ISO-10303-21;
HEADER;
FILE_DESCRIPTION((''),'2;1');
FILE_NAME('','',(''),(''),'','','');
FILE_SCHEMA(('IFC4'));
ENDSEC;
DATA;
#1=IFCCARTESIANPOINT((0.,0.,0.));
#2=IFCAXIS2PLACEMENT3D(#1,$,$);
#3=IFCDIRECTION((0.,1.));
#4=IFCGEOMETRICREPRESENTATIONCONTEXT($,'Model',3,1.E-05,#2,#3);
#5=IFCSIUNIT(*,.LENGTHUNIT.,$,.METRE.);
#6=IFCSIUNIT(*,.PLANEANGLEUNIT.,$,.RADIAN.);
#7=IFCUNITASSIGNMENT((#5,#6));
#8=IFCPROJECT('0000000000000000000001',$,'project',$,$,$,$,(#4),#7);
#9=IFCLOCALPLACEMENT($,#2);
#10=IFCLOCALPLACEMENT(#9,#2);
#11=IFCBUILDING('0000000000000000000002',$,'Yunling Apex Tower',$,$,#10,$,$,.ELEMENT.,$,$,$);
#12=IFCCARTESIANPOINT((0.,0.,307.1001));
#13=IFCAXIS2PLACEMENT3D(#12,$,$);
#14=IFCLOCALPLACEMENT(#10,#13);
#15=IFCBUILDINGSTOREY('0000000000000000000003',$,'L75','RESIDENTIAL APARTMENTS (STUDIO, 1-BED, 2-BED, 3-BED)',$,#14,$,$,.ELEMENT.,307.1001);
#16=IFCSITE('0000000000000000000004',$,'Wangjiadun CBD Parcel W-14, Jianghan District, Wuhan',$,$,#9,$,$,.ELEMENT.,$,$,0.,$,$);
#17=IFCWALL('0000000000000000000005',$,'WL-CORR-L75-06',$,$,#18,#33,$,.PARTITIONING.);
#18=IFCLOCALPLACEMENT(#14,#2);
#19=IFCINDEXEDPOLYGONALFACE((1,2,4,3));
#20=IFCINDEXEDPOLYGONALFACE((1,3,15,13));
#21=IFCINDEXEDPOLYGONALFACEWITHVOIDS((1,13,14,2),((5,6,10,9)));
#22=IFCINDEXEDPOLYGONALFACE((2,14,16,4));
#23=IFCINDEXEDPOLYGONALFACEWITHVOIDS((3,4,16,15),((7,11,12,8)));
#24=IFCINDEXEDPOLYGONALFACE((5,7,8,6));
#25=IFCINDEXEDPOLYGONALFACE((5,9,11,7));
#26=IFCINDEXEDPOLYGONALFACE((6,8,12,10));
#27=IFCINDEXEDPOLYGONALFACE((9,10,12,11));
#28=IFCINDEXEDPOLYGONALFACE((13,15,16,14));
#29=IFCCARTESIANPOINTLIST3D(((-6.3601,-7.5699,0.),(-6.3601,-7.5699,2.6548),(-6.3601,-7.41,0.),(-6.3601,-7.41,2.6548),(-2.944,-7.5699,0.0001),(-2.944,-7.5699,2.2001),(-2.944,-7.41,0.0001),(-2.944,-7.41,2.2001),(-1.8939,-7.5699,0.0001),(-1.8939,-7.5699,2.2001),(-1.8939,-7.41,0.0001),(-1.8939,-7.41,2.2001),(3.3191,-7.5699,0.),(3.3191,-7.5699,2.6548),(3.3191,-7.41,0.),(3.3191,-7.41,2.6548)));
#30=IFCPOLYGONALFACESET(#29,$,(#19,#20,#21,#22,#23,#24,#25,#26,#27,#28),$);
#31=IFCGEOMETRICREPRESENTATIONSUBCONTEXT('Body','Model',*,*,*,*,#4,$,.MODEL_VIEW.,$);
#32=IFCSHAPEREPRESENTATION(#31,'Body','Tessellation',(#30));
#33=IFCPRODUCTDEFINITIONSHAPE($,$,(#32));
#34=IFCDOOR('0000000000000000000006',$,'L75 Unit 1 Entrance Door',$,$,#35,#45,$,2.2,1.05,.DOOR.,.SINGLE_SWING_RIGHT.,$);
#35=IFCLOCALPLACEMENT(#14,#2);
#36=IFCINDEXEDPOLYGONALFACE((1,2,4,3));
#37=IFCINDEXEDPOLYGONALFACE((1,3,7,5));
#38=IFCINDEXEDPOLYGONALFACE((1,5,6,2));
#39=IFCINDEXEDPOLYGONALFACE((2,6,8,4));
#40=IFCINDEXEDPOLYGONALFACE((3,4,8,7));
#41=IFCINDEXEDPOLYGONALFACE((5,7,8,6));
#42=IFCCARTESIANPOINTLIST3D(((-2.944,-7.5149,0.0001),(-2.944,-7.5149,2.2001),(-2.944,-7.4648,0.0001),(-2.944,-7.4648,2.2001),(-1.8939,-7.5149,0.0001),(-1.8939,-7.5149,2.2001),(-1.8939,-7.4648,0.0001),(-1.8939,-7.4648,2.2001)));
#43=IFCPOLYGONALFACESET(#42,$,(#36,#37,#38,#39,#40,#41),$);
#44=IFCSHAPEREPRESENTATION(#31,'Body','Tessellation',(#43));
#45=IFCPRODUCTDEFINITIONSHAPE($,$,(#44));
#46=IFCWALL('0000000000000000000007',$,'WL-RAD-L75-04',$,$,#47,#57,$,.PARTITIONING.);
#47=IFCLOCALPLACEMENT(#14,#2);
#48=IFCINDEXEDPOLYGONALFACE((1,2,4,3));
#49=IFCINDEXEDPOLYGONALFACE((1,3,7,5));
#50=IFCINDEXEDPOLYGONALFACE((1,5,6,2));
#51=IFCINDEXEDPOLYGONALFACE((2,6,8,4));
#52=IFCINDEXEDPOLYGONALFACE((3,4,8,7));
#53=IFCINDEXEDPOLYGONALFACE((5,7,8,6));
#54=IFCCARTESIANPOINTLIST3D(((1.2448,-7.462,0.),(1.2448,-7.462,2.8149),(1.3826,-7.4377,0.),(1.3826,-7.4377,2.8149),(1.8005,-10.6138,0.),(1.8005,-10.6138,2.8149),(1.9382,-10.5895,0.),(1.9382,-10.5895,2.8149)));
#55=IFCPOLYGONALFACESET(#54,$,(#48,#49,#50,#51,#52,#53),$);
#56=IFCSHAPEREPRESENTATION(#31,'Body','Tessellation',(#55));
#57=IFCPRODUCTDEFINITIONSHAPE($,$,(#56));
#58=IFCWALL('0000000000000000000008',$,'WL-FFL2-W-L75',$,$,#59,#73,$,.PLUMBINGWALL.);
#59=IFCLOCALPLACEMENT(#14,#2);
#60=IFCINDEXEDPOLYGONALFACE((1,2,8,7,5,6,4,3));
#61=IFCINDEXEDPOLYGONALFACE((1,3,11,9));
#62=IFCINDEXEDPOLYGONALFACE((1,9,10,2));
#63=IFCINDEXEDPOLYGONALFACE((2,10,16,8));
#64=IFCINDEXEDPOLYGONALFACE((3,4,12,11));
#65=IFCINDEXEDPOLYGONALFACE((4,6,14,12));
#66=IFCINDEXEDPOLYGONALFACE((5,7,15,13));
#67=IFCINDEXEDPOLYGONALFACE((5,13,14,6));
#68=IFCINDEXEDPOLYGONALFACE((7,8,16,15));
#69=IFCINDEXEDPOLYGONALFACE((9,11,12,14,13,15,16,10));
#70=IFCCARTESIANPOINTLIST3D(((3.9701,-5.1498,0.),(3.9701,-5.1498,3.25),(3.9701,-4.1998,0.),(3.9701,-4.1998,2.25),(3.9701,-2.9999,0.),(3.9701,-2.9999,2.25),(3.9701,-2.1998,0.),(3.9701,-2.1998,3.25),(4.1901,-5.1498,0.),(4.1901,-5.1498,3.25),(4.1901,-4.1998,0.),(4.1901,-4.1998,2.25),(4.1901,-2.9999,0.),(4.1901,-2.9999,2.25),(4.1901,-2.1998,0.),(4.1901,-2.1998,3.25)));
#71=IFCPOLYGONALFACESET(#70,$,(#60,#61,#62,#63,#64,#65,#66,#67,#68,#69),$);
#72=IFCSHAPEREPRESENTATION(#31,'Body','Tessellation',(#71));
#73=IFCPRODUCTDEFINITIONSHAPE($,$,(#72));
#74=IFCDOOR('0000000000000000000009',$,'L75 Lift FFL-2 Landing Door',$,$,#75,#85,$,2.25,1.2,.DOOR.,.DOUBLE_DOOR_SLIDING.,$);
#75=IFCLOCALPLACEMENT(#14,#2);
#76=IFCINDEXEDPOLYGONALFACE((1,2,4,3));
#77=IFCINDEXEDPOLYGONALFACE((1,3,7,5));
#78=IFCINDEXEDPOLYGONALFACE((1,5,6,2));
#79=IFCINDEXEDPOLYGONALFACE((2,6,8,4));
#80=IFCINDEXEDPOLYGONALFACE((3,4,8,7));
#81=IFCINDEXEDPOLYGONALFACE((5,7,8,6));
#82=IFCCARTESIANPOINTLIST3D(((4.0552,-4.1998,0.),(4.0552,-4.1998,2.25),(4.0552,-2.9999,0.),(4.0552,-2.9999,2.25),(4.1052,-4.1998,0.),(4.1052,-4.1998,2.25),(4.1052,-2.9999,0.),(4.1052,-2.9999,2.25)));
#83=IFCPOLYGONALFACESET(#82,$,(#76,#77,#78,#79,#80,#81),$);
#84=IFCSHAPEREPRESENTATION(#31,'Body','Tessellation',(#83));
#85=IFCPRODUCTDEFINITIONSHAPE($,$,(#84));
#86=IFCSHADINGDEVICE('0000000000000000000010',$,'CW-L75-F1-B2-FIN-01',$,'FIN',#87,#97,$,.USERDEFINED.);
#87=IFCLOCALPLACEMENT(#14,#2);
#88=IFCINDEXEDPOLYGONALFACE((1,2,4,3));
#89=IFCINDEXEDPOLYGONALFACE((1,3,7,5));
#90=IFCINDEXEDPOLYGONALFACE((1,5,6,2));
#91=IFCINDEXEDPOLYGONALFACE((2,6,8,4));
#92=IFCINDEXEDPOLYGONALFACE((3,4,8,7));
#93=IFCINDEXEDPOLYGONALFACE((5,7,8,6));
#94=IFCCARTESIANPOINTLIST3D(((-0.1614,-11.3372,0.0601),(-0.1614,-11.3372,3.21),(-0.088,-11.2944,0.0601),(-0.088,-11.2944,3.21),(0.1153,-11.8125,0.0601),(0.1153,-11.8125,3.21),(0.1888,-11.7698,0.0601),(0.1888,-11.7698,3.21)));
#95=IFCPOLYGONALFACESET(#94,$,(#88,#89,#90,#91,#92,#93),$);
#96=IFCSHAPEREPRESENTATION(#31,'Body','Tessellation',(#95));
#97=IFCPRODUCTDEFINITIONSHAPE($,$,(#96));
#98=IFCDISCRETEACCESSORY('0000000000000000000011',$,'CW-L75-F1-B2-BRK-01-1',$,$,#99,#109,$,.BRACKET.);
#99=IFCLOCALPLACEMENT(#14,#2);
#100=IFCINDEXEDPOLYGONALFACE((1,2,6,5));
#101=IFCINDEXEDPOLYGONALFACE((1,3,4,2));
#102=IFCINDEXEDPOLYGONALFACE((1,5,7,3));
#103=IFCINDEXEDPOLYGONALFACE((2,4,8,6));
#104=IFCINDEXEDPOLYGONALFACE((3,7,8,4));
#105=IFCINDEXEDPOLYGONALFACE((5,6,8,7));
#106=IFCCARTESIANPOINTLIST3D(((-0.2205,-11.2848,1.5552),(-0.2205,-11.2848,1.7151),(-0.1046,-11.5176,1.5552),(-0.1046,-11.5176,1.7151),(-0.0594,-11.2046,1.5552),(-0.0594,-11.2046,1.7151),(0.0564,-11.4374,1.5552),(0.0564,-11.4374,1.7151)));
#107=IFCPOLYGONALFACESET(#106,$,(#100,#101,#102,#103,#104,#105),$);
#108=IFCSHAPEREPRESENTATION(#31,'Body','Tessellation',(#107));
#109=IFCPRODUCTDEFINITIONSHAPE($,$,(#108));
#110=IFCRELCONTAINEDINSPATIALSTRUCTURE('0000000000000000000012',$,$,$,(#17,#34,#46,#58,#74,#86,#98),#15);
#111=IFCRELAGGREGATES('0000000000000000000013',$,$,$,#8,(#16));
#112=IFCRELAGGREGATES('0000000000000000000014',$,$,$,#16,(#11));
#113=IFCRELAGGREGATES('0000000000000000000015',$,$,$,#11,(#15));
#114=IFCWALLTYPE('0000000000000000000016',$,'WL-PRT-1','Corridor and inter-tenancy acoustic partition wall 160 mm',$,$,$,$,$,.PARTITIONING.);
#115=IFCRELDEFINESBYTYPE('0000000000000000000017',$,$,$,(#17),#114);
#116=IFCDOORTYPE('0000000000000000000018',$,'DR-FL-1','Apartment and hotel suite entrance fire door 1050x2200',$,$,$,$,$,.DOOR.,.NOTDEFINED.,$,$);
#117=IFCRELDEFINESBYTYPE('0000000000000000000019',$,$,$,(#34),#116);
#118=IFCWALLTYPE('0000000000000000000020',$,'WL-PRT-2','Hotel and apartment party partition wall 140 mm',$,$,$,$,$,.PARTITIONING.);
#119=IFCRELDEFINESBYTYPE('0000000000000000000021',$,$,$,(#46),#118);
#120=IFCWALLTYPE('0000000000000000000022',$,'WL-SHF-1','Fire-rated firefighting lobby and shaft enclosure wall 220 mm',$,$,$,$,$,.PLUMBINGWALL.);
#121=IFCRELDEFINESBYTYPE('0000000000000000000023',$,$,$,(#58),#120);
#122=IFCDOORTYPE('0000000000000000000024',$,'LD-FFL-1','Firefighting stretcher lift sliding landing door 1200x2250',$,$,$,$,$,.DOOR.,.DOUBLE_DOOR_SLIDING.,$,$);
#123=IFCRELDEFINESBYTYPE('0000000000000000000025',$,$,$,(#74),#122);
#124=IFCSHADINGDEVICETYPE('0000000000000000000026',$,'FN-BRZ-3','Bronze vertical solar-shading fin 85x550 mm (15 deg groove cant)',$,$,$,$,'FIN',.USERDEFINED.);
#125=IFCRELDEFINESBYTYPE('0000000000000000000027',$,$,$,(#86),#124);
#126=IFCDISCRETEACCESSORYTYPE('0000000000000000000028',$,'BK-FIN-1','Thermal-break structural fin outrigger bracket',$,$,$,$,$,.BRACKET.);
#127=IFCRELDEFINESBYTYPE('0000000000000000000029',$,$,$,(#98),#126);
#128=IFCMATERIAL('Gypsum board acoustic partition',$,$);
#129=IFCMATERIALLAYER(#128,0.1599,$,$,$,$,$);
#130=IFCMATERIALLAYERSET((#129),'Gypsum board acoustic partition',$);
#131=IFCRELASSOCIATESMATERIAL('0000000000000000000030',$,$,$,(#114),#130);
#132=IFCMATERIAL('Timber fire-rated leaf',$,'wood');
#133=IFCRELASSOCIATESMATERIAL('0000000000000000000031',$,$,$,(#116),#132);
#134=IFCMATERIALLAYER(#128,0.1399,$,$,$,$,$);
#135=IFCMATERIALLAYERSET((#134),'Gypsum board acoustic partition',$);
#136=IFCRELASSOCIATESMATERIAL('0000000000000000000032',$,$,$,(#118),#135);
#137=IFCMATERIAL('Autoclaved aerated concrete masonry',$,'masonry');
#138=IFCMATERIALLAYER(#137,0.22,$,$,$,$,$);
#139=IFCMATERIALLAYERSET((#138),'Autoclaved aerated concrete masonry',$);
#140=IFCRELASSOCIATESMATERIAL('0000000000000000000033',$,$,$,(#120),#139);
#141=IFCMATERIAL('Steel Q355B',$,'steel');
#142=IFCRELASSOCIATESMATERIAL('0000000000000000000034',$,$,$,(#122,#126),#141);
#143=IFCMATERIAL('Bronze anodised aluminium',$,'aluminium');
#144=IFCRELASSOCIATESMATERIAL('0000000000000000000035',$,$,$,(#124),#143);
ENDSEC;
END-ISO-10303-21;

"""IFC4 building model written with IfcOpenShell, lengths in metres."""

from ifc_helpers import new_model, si_unit, direction, frame, frame_2d, origin, origin_2d, place, context, subcontext, project, spatial, rectangle, extrude, source, transform, mapped, material, layer, layer_set, material_profile, profile_set, type_object, element, fill, save


model = new_model("IFC4")

# Units and contexts
model_context = context("Model", 3, precision=1e-05, world=origin(), true_north=direction((0.0, 1.0)))
body_context = subcontext(model_context, "Body", "Model", "MODEL_VIEW")
ifc_project = project(units=[si_unit("LENGTHUNIT", "METRE"), si_unit("PLANEANGLEUNIT", "RADIAN")], contexts=[model_context])

# Site, building, storey
site_placement = place(None, origin())
site = spatial("IfcSite", under=ifc_project, at=site_placement, Name="Wangjiadun CBD Parcel W-14, Jianghan District, Wuhan", CompositionType="ELEMENT", RefElevation=0.0)
building_placement = place(site_placement, origin())
building = spatial("IfcBuilding", under=site, at=building_placement, Name="Yunling Apex Tower", CompositionType="ELEMENT")
storey_placement = place(building_placement, frame((0.0, 0.0, 307.1001)))
storey = spatial("IfcBuildingStorey", under=building, at=storey_placement, Name="L75", Description="RESIDENTIAL APARTMENTS (STUDIO, 1-BED, 2-BED, 3-BED)", CompositionType="ELEMENT", Elevation=307.1001)

# Shared definitions
ifc_material_1 = material(Name="Steel Q355B", Category="steel")

# Shared definitions
ifc_material_2 = material(Name="Bronze anodised aluminium", Category="aluminium")

# Wall, opening, door
ifc_material_3 = material(Name="Gypsum board acoustic partition")
ifc_layer_1 = layer(ifc_material_3, 0.1599)
ifc_layer_set_1 = layer_set([ifc_layer_1], Name="Gypsum board acoustic partition")
wall_type_1 = type_object("IfcWallType", Name="WL-PRT-1", Description="Corridor and inter-tenancy acoustic partition wall 160 mm", PredefinedType="PARTITIONING", material=ifc_layer_set_1)
wall_1_placement = place(storey_placement, frame((3.3191, -7.49, 0.0), z_axis=(0.0, 0.0, 1.0), x_axis=(-1.0, 0.0, 0.0)))
wall_1 = element("IfcWall", 1, at=wall_1_placement, inside=storey, type_object=wall_type_1, Name="WL-CORR-L75-06", PredefinedType="PARTITIONING", context=body_context, shape_type="SweptSolid", body=[
    extrude(rectangle(XDim=9.6792, YDim=0.1599, at=frame_2d((4.8396, 0.0))), origin(), (0.0, 0.0, 1.0), 2.6548),
])
opening_1_placement = place(wall_1_placement, frame((5.2131, 0.0, 0.0)))
opening_1 = element("IfcOpeningElement", 2, at=opening_1_placement, cuts=wall_1, PredefinedType="OPENING", context=body_context, shape_type="SweptSolid", body=[
    extrude(rectangle(XDim=1.05, YDim=2.2, at=frame_2d((0.5249, 1.1001))), frame((0.0, 0.0898, 0.0), z_axis=(0.0, -1.0, 0.0), x_axis=(1.0, 0.0, 0.0)), (0.0, 0.0, 1.0), 0.1799),
])
ifc_material_4 = material(Name="Timber fire-rated leaf", Category="wood")
door_type_1 = type_object("IfcDoorType", Name="DR-FL-1", Description="Apartment and hotel suite entrance fire door 1050x2200", OperationType="NOTDEFINED", PredefinedType="DOOR", material=ifc_material_4)
door_1_placement = place(opening_1_placement, origin())
door_1 = element("IfcDoor", 3, at=door_1_placement, inside=storey, type_object=door_type_1, Name="L75 Unit 1 Entrance Door", OperationType="SINGLE_SWING_RIGHT", OverallHeight=2.2, OverallWidth=1.05, PredefinedType="DOOR", context=body_context, shape_type="SweptSolid", body=[
    extrude(rectangle(XDim=1.05, YDim=2.2, at=frame_2d((0.5249, 1.1001))), frame((0.0, 0.0249, 0.0), z_axis=(0.0, -1.0, 0.0), x_axis=(1.0, 0.0, 0.0)), (0.0, 0.0, 1.0), 0.05),
])
fill(opening_1, door_1)

# Wall
ifc_layer_2 = layer(ifc_material_3, 0.1399)
ifc_layer_set_2 = layer_set([ifc_layer_2], Name="Gypsum board acoustic partition")
wall_type_2 = type_object("IfcWallType", Name="WL-PRT-2", Description="Hotel and apartment party partition wall 140 mm", PredefinedType="PARTITIONING", material=ifc_layer_set_2)
wall_2_placement = place(storey_placement, frame((1.3137, -7.45, 0.0), z_axis=(0.0, 0.0, 1.0), x_axis=(0.17362, -0.984813, 0.0)))
element("IfcWall", 4, at=wall_2_placement, inside=storey, type_object=wall_type_2, Name="WL-RAD-L75-04", PredefinedType="PARTITIONING", context=body_context, shape_type="SweptSolid", body=[
    extrude(rectangle(XDim=3.2004, YDim=0.1399, at=frame_2d((1.6001, 0.0))), origin(), (0.0, 0.0, 1.0), 2.8149),
])

# Wall, opening, door
ifc_material_5 = material(Name="Autoclaved aerated concrete masonry", Category="masonry")
ifc_layer_3 = layer(ifc_material_5, 0.22)
ifc_layer_set_3 = layer_set([ifc_layer_3], Name="Autoclaved aerated concrete masonry")
wall_type_3 = type_object("IfcWallType", Name="WL-SHF-1", Description="Fire-rated firefighting lobby and shaft enclosure wall 220 mm", PredefinedType="PLUMBINGWALL", material=ifc_layer_set_3)
wall_3_placement = place(storey_placement, frame((4.0801, -5.1499, 0.0), z_axis=(0.0, 0.0, 1.0), x_axis=(0.0, 1.0, 0.0)))
wall_3 = element("IfcWall", 5, at=wall_3_placement, inside=storey, type_object=wall_type_3, Name="WL-FFL2-W-L75", PredefinedType="PLUMBINGWALL", context=body_context, shape_type="SweptSolid", body=[
    extrude(rectangle(XDim=2.95, YDim=0.22, at=frame_2d((1.4751, 0.0))), origin(), (0.0, 0.0, 1.0), 3.25),
])
opening_2_placement = place(wall_3_placement, frame((0.95, 0.0, 0.0)))
opening_2 = element("IfcOpeningElement", 6, at=opening_2_placement, cuts=wall_3, PredefinedType="OPENING", context=body_context, shape_type="SweptSolid", body=[
    extrude(rectangle(XDim=1.2, YDim=2.25, at=frame_2d((0.6001, 1.125))), frame((0.0, 0.1201, 0.0), z_axis=(0.0, -1.0, 0.0), x_axis=(1.0, 0.0, 0.0)), (0.0, 0.0, 1.0), 0.24),
])
door_type_2 = type_object("IfcDoorType", Name="LD-FFL-1", Description="Firefighting stretcher lift sliding landing door 1200x2250", OperationType="DOUBLE_DOOR_SLIDING", PredefinedType="DOOR", material=ifc_material_1)
door_2_placement = place(opening_2_placement, origin())
door_2 = element("IfcDoor", 7, at=door_2_placement, inside=storey, type_object=door_type_2, Name="L75 Lift FFL-2 Landing Door", OperationType="DOUBLE_DOOR_SLIDING", OverallHeight=2.25, OverallWidth=1.2, PredefinedType="DOOR", context=body_context, shape_type="SweptSolid", body=[
    extrude(rectangle(XDim=1.2, YDim=2.25, at=frame_2d((0.6001, 1.125))), frame((0.0, 0.0249, 0.0), z_axis=(0.0, -1.0, 0.0), x_axis=(1.0, 0.0, 0.0)), (0.0, 0.0, 1.0), 0.05),
])
fill(opening_2, door_2)

# Shading device
ifc_material_profile_1 = material_profile(ifc_material_2, rectangle(XDim=0.085, YDim=0.55, at=origin_2d()))
ifc_profile_set_1 = profile_set([ifc_material_profile_1], Name="Bronze anodised aluminium")
shading_device_type = type_object("IfcShadingDeviceType", Name="FN-BRZ-3", Description="Bronze vertical solar-shading fin 85x550 mm (15 deg groove cant)", ElementType="FIN", PredefinedType="USERDEFINED", material=ifc_profile_set_1)
shared_shape_1 = source(origin(), body_context, "Body", "SweptSolid", [
    extrude(rectangle(XDim=0.085, YDim=0.55, at=origin_2d()), origin(), (0.0, 0.0, 1.0), 3.1499),
])
shading_device_placement = place(storey_placement, frame((0.0137, -11.5535, 0.0601), z_axis=(0.0, 0.0, 1.0), x_axis=(0.864187, 0.503171, 0.0)))
element("IfcShadingDevice", 8, at=shading_device_placement, inside=storey, type_object=shading_device_type, Name="CW-L75-F1-B2-FIN-01", ObjectType="FIN", PredefinedType="USERDEFINED", context=body_context, shape_type="MappedRepresentation", body=[
    mapped(shared_shape_1, transform((0.0, 0.0, 0.0), scale=1.0)),
])

# Discrete accessory
discrete_accessory_type = type_object("IfcDiscreteAccessoryType", Name="BK-FIN-1", Description="Thermal-break structural fin outrigger bracket", PredefinedType="BRACKET", material=ifc_material_1)
shared_shape_2 = source(origin(), body_context, "Body", "SweptSolid", [
    extrude(rectangle(XDim=0.1799, YDim=0.26, at=origin_2d()), origin(), (0.0, 0.0, 1.0), 0.1599),
])
discrete_accessory_placement = place(storey_placement, frame((-0.082, -11.3611, 1.5552), z_axis=(0.0, 0.0, 1.0), x_axis=(0.895246, 0.445573, 0.0)))
element("IfcDiscreteAccessory", 9, at=discrete_accessory_placement, inside=storey, type_object=discrete_accessory_type, Name="CW-L75-F1-B2-BRK-01-1", PredefinedType="BRACKET", context=body_context, shape_type="MappedRepresentation", body=[
    mapped(shared_shape_2, transform((0.0, 0.0, 0.0), scale=1.0)),
])

save(model, "model.ifc")
